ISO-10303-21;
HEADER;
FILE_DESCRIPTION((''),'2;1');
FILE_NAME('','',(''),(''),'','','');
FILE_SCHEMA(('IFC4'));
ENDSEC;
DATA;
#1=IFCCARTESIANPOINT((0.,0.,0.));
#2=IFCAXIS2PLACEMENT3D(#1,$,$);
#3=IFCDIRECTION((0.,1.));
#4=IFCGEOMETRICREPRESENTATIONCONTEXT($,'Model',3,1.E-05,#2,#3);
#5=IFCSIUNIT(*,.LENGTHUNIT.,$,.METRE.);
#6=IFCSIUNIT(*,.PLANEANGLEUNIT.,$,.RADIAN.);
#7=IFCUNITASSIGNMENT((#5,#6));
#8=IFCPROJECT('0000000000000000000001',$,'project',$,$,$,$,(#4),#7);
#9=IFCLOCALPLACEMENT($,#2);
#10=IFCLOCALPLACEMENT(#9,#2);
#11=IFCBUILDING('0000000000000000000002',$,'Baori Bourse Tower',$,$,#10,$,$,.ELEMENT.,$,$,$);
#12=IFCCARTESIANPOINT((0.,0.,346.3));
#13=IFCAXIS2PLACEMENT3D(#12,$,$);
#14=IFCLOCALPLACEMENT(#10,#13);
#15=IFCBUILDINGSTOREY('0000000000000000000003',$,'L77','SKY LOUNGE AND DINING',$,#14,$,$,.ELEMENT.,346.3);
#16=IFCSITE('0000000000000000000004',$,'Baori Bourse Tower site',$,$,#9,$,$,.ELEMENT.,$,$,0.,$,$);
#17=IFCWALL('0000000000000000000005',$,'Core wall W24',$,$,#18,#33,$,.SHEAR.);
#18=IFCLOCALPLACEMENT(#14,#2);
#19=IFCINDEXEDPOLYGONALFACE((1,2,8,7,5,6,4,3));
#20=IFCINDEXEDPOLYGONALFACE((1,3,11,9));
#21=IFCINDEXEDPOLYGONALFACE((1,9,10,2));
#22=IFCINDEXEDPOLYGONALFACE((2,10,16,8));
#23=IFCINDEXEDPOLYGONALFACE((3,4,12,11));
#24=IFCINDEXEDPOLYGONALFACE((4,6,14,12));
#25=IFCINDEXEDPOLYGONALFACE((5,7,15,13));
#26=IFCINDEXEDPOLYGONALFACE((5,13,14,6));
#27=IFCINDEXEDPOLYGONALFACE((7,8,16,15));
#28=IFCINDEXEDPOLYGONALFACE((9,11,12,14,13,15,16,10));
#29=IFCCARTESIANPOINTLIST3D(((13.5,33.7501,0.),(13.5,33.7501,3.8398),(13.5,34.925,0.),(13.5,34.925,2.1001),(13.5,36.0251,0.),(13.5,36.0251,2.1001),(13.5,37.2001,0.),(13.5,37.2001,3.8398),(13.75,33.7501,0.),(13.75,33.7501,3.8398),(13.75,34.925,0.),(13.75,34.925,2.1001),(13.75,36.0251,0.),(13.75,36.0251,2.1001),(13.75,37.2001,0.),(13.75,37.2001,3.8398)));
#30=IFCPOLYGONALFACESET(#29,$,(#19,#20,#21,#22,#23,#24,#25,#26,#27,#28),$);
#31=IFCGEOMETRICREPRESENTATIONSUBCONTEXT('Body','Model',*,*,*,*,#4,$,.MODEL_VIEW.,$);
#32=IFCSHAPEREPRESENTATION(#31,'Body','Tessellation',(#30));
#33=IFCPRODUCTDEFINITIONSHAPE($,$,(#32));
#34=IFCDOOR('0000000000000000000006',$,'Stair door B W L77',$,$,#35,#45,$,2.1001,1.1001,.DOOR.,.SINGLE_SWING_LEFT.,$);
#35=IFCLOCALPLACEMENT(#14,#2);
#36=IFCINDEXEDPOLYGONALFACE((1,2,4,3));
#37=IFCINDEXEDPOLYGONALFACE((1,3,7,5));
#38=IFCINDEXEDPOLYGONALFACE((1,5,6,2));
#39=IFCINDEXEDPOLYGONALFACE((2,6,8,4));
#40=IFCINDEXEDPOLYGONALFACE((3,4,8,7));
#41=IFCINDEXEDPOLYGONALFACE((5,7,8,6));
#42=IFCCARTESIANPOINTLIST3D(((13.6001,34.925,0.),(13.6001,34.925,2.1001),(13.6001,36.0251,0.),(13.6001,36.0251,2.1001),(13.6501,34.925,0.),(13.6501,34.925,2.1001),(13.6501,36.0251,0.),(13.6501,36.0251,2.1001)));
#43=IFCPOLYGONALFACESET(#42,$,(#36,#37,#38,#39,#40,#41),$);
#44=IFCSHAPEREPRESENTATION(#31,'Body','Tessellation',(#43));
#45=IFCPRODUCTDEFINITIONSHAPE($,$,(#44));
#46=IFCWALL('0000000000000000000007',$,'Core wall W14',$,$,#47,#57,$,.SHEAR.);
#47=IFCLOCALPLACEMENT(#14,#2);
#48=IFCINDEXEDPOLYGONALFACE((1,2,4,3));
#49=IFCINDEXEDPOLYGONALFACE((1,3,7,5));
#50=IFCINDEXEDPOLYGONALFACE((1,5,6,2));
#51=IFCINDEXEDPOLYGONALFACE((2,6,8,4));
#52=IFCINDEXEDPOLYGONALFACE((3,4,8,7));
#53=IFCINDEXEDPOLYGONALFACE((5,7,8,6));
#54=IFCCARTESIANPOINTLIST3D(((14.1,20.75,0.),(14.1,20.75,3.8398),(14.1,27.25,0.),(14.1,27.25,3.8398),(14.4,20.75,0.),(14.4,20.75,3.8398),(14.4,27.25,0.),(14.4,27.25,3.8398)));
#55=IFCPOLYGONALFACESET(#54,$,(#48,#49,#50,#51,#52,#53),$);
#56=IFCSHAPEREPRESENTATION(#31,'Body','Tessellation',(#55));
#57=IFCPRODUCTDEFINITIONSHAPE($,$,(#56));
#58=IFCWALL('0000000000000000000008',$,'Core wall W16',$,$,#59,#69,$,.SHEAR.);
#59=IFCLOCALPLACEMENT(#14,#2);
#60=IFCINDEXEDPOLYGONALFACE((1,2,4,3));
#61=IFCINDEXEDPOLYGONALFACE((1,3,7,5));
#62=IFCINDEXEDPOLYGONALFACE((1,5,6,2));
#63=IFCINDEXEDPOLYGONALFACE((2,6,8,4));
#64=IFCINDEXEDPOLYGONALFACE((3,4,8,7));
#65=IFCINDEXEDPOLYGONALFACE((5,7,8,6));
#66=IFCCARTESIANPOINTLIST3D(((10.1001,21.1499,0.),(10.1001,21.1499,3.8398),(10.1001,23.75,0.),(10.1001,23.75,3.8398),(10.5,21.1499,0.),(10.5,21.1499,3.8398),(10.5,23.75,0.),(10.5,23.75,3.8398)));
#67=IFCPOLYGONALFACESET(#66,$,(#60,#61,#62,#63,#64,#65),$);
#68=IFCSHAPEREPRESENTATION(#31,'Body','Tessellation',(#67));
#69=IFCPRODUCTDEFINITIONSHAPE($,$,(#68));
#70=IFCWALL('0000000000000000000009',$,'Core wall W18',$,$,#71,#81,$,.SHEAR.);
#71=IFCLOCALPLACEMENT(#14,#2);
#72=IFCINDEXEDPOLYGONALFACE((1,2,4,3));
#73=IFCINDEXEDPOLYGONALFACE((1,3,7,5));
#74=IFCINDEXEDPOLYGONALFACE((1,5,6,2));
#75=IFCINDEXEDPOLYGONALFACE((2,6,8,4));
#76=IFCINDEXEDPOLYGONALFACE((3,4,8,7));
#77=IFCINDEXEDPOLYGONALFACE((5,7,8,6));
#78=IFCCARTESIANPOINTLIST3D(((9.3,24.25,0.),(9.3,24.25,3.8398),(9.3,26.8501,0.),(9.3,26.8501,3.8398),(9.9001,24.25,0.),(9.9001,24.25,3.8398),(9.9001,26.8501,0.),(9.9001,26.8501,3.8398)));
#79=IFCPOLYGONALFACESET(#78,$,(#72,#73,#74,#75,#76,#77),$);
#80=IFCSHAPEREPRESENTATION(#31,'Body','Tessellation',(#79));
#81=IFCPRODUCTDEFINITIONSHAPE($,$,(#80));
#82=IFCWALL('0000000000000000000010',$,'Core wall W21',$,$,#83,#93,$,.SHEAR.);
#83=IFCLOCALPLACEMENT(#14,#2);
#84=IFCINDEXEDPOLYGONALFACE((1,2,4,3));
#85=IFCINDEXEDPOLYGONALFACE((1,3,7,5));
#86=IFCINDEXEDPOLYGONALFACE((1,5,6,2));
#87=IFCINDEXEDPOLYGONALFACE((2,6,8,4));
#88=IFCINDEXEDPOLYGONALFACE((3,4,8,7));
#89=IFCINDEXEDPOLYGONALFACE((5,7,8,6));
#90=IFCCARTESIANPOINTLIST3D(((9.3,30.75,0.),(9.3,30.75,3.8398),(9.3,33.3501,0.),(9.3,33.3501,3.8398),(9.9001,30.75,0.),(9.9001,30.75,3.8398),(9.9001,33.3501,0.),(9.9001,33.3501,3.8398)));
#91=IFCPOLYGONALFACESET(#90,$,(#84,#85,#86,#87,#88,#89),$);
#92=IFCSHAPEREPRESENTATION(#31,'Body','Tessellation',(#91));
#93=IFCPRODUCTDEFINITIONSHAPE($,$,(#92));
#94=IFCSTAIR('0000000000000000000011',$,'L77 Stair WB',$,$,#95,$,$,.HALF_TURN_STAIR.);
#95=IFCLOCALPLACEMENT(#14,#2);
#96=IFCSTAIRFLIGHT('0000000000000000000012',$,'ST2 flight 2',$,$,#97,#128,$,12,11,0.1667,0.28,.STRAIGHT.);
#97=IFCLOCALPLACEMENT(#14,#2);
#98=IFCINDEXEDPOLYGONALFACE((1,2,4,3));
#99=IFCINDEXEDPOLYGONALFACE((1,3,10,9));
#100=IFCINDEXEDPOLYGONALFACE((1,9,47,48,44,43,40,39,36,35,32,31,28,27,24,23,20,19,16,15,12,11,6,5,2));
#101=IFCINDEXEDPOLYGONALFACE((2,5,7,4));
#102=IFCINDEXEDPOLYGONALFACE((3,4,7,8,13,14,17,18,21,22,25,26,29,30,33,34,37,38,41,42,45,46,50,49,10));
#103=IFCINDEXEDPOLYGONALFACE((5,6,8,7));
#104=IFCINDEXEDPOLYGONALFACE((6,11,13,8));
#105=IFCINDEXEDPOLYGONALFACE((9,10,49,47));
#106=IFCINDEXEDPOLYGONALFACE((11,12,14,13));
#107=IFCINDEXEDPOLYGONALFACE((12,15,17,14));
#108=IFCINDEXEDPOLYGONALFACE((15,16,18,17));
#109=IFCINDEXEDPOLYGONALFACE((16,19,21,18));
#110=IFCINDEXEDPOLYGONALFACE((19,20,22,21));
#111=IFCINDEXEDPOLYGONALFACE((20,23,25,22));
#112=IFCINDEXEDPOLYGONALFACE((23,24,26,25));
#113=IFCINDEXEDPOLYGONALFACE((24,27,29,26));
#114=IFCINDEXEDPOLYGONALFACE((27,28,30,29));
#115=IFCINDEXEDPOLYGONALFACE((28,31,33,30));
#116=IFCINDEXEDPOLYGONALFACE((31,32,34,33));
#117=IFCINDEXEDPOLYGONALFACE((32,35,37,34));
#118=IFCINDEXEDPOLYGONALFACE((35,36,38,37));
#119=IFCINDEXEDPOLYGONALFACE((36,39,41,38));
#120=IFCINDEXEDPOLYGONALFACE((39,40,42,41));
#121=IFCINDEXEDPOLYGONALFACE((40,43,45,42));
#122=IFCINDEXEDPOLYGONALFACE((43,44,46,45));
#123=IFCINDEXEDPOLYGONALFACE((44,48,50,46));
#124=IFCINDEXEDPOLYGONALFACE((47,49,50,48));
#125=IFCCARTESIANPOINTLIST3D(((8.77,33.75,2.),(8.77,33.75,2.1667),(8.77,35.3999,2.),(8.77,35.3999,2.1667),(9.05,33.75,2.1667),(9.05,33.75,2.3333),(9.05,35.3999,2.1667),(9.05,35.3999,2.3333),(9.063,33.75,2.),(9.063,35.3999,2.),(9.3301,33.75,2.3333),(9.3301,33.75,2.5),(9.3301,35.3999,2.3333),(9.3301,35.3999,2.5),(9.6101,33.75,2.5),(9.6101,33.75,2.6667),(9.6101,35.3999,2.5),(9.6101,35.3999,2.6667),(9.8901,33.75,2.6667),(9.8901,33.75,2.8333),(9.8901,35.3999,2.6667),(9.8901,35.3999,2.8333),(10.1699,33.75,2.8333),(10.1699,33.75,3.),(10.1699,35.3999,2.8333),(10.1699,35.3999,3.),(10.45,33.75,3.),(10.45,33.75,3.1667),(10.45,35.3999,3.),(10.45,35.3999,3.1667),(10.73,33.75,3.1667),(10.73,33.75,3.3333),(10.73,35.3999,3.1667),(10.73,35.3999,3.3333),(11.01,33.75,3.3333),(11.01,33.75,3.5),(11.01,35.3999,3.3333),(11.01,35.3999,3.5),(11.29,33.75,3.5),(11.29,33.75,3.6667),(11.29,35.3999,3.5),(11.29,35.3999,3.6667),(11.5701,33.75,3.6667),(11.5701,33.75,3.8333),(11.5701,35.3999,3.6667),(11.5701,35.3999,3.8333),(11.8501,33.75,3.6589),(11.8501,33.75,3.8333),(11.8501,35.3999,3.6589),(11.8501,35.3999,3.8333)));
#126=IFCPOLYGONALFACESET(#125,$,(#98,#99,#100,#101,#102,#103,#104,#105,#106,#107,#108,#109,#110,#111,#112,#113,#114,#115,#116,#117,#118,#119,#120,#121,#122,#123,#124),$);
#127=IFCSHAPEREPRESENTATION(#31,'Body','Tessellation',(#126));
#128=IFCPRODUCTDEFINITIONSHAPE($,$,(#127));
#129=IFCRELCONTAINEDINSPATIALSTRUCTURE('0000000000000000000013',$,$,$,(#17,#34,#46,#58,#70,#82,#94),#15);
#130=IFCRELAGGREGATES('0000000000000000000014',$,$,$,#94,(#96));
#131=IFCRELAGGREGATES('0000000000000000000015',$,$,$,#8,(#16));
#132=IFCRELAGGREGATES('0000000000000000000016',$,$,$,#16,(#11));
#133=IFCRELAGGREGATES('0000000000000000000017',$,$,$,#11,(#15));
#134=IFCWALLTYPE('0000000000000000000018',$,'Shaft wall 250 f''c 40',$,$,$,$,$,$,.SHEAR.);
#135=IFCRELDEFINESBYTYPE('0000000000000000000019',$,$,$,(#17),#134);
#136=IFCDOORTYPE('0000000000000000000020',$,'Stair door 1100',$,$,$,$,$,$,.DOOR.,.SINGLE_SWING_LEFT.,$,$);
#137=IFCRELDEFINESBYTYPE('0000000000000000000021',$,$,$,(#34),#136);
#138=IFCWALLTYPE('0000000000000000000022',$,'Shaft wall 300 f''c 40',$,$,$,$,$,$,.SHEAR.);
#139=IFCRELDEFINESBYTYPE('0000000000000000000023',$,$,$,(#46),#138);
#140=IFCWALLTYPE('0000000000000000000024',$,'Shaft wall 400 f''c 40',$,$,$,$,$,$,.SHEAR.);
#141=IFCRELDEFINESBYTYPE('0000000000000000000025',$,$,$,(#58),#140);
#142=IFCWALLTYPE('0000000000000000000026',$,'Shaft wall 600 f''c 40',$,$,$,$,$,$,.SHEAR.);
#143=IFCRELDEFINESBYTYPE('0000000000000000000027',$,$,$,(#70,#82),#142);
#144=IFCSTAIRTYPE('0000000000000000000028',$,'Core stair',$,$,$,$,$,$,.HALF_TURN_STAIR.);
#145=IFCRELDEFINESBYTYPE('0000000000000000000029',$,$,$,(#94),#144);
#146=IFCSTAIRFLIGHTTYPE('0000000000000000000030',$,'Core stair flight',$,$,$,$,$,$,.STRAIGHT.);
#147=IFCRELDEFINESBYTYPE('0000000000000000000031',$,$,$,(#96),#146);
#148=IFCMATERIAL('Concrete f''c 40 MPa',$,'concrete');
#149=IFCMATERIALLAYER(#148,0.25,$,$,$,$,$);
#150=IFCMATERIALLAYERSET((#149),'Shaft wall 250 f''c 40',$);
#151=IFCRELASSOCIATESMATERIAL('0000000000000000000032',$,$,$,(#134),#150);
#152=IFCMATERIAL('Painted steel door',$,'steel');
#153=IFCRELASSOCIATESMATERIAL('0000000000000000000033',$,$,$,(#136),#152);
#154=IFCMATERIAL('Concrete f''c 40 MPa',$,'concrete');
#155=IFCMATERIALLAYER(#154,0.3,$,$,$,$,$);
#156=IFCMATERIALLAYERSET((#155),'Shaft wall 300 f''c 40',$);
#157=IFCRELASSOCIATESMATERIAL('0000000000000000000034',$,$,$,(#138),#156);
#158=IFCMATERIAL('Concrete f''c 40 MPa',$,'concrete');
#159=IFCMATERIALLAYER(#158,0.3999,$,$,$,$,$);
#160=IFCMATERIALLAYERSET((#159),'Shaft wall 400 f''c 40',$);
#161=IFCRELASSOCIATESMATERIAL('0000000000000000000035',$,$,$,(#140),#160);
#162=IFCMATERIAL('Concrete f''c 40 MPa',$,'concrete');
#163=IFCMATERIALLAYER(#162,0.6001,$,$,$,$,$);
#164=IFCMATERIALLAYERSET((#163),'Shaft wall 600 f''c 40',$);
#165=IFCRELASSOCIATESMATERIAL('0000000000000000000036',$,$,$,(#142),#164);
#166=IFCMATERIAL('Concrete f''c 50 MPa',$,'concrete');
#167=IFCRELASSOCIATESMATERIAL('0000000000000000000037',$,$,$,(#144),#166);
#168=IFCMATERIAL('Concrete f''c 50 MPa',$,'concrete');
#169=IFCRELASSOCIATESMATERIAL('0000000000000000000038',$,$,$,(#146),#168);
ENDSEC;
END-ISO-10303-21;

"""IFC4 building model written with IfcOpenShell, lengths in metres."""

from ifc_helpers import new_model, si_unit, direction, frame, frame_2d, origin, place, context, subcontext, project, spatial, polyline, rectangle, outline, extrude, material, layer, layer_set, type_object, element, fill, aggregate, save


model = new_model("IFC4")

# Units and contexts
model_context = context("Model", 3, precision=1e-05, world=origin(), true_north=direction((0.0, 1.0)))
body_context = subcontext(model_context, "Body", "Model", "MODEL_VIEW")
ifc_project = project(units=[si_unit("LENGTHUNIT", "METRE"), si_unit("PLANEANGLEUNIT", "RADIAN")], contexts=[model_context])

# Site, building, storey
site_placement = place(None, origin())
site = spatial("IfcSite", under=ifc_project, at=site_placement, Name="Baori Bourse Tower site", CompositionType="ELEMENT", RefElevation=0.0)
building_placement = place(site_placement, origin())
building = spatial("IfcBuilding", under=site, at=building_placement, Name="Baori Bourse Tower", CompositionType="ELEMENT")
storey_placement = place(building_placement, frame((0.0, 0.0, 346.3)))
storey = spatial("IfcBuildingStorey", under=building, at=storey_placement, Name="L77", Description="SKY LOUNGE AND DINING", CompositionType="ELEMENT", Elevation=346.3)

# Wall, opening, door
ifc_material_1 = material(Name="Concrete f'c 40 MPa", Category="concrete")
ifc_layer_1 = layer(ifc_material_1, 0.25)
ifc_layer_set_1 = layer_set([ifc_layer_1], Name="Shaft wall 250 f'c 40")
wall_type_1 = type_object("IfcWallType", Name="Shaft wall 250 f'c 40", PredefinedType="SHEAR", material=ifc_layer_set_1)
wall_1_placement = place(storey_placement, frame((13.625, 33.75, 0.0), z_axis=(0.0, 0.0, 1.0), x_axis=(0.0, 1.0, 0.0)))
wall_1 = element("IfcWall", 1, at=wall_1_placement, inside=storey, type_object=wall_type_1, Name="Core wall W24", PredefinedType="SHEAR", context=body_context, shape_type="SweptSolid", body=[
    extrude(rectangle(XDim=3.45, YDim=0.25, at=frame_2d((1.7251, 0.0))), origin(), (0.0, 0.0, 1.0), 3.8398),
])
opening_placement = place(wall_1_placement, frame((1.175, 0.0, 0.0)))
opening = element("IfcOpeningElement", 2, at=opening_placement, cuts=wall_1, PredefinedType="OPENING", context=body_context, shape_type="SweptSolid", body=[
    extrude(rectangle(XDim=1.1001, YDim=2.1001, at=frame_2d((0.55, 1.05))), frame((0.0, 0.135, 0.0), z_axis=(0.0, -1.0, 0.0), x_axis=(1.0, 0.0, 0.0)), (0.0, 0.0, 1.0), 0.27),
])
ifc_material_2 = material(Name="Painted steel door", Category="steel")
door_type = type_object("IfcDoorType", Name="Stair door 1100", OperationType="SINGLE_SWING_LEFT", PredefinedType="DOOR", material=ifc_material_2)
door_placement = place(opening_placement, origin())
door = element("IfcDoor", 3, at=door_placement, inside=storey, type_object=door_type, Name="Stair door B W L77", OperationType="SINGLE_SWING_LEFT", OverallHeight=2.1001, OverallWidth=1.1001, PredefinedType="DOOR", context=body_context, shape_type="SweptSolid", body=[
    extrude(rectangle(XDim=1.1001, YDim=2.1001, at=frame_2d((0.55, 1.05))), frame((0.0, 0.0249, 0.0), z_axis=(0.0, -1.0, 0.0), x_axis=(1.0, 0.0, 0.0)), (0.0, 0.0, 1.0), 0.05),
])
fill(opening, door)

# Walls
ifc_material_3 = material(Name="Concrete f'c 40 MPa", Category="concrete")
ifc_layer_2 = layer(ifc_material_3, 0.3)
ifc_layer_set_2 = layer_set([ifc_layer_2], Name="Shaft wall 300 f'c 40")
wall_type_2 = type_object("IfcWallType", Name="Shaft wall 300 f'c 40", PredefinedType="SHEAR", material=ifc_layer_set_2)
wall_2_placement = place(storey_placement, frame((14.25, 20.75, 0.0), z_axis=(0.0, 0.0, 1.0), x_axis=(0.0, 1.0, 0.0)))
element("IfcWall", 4, at=wall_2_placement, inside=storey, type_object=wall_type_2, Name="Core wall W14", PredefinedType="SHEAR", context=body_context, shape_type="SweptSolid", body=[
    extrude(rectangle(XDim=6.5, YDim=0.3, at=frame_2d((3.25, 0.0))), origin(), (0.0, 0.0, 1.0), 3.8398),
])
ifc_material_4 = material(Name="Concrete f'c 40 MPa", Category="concrete")
ifc_layer_3 = layer(ifc_material_4, 0.3999)
ifc_layer_set_3 = layer_set([ifc_layer_3], Name="Shaft wall 400 f'c 40")
wall_type_3 = type_object("IfcWallType", Name="Shaft wall 400 f'c 40", PredefinedType="SHEAR", material=ifc_layer_set_3)
wall_3_placement = place(storey_placement, frame((10.3, 21.1499, 0.0), z_axis=(0.0, 0.0, 1.0), x_axis=(0.0, 1.0, 0.0)))
element("IfcWall", 5, at=wall_3_placement, inside=storey, type_object=wall_type_3, Name="Core wall W16", PredefinedType="SHEAR", context=body_context, shape_type="SweptSolid", body=[
    extrude(rectangle(XDim=2.6001, YDim=0.3999, at=frame_2d((1.3, 0.0))), origin(), (0.0, 0.0, 1.0), 3.8398),
])
ifc_material_5 = material(Name="Concrete f'c 40 MPa", Category="concrete")
ifc_layer_4 = layer(ifc_material_5, 0.6001)
ifc_layer_set_4 = layer_set([ifc_layer_4], Name="Shaft wall 600 f'c 40")
wall_type_4 = type_object("IfcWallType", Name="Shaft wall 600 f'c 40", PredefinedType="SHEAR", material=ifc_layer_set_4)
for number, where, z_axis, x_axis, name in (
    (6, (9.6001, 24.25, 0.0), (0.0, 0.0, 1.0), (0.0, 1.0, 0.0), "Core wall W18"),
    (7, (9.6001, 30.75, 0.0), (0.0, 0.0, 1.0), (0.0, 1.0, 0.0), "Core wall W21"),
):
    element("IfcWall", number, at=place(storey_placement, frame(where, z_axis=z_axis, x_axis=x_axis)), inside=storey, type_object=wall_type_4, Name=name, PredefinedType="SHEAR", context=body_context, shape_type="SweptSolid", body=[
        extrude(rectangle(XDim=2.6001, YDim=0.6001, at=frame_2d((1.3, 0.0))), origin(), (0.0, 0.0, 1.0), 3.8398),
    ])

# Stair, stair flight
ifc_material_6 = material(Name="Concrete f'c 50 MPa", Category="concrete")
stair_type = type_object("IfcStairType", Name="Core stair", PredefinedType="HALF_TURN_STAIR", material=ifc_material_6)
stair_placement = place(storey_placement, origin())
stair = element("IfcStair", 8, at=stair_placement, inside=storey, type_object=stair_type, Name="L77 Stair WB", PredefinedType="HALF_TURN_STAIR")
ifc_material_7 = material(Name="Concrete f'c 50 MPa", Category="concrete")
stair_flight_type = type_object("IfcStairFlightType", Name="Core stair flight", PredefinedType="STRAIGHT", material=ifc_material_7)
stair_flight_placement = place(storey_placement, frame((8.77, 34.575, 2.0), z_axis=(0.0, 0.0, 1.0), x_axis=(1.0, 0.0, 0.0)))
stair_flight = element("IfcStairFlight", 9, at=stair_flight_placement, type_object=stair_flight_type, Name="ST2 flight 2", NumberOfRisers=12, NumberOfTreads=11, PredefinedType="STRAIGHT", RiserHeight=0.1667, TreadLength=0.28, context=body_context, shape_type="SweptSolid", body=[
    extrude(outline(polyline([(0.0, 0.0), (0.0, 0.1667), (0.28, 0.1667), (0.28, 0.3333), (0.5601, 0.3333), (0.5601, 0.5), (0.8401, 0.5), (0.8401, 0.6667), (1.1201, 0.6667), (1.1201, 0.8333), (1.3999, 0.8333), (1.3999, 1.0), (1.6799, 1.0), (1.6799, 1.1667), (1.96, 1.1667), (1.96, 1.3333), (2.24, 1.3333), (2.24, 1.5), (2.52, 1.5), (2.52, 1.6667), (2.8, 1.6667), (2.8, 1.8333), (3.0801, 1.8333), (3.0801, 2.0), (3.0801, 1.6589), (0.293, 0.0), (0.0, 0.0)])), frame((0.0, 0.825, 0.0), z_axis=(0.0, -1.0, 0.0), x_axis=(1.0, 0.0, 0.0)), (0.0, 0.0, 1.0), 1.6499),
])
aggregate(stair, [stair_flight])

save(model, "model.ifc")
